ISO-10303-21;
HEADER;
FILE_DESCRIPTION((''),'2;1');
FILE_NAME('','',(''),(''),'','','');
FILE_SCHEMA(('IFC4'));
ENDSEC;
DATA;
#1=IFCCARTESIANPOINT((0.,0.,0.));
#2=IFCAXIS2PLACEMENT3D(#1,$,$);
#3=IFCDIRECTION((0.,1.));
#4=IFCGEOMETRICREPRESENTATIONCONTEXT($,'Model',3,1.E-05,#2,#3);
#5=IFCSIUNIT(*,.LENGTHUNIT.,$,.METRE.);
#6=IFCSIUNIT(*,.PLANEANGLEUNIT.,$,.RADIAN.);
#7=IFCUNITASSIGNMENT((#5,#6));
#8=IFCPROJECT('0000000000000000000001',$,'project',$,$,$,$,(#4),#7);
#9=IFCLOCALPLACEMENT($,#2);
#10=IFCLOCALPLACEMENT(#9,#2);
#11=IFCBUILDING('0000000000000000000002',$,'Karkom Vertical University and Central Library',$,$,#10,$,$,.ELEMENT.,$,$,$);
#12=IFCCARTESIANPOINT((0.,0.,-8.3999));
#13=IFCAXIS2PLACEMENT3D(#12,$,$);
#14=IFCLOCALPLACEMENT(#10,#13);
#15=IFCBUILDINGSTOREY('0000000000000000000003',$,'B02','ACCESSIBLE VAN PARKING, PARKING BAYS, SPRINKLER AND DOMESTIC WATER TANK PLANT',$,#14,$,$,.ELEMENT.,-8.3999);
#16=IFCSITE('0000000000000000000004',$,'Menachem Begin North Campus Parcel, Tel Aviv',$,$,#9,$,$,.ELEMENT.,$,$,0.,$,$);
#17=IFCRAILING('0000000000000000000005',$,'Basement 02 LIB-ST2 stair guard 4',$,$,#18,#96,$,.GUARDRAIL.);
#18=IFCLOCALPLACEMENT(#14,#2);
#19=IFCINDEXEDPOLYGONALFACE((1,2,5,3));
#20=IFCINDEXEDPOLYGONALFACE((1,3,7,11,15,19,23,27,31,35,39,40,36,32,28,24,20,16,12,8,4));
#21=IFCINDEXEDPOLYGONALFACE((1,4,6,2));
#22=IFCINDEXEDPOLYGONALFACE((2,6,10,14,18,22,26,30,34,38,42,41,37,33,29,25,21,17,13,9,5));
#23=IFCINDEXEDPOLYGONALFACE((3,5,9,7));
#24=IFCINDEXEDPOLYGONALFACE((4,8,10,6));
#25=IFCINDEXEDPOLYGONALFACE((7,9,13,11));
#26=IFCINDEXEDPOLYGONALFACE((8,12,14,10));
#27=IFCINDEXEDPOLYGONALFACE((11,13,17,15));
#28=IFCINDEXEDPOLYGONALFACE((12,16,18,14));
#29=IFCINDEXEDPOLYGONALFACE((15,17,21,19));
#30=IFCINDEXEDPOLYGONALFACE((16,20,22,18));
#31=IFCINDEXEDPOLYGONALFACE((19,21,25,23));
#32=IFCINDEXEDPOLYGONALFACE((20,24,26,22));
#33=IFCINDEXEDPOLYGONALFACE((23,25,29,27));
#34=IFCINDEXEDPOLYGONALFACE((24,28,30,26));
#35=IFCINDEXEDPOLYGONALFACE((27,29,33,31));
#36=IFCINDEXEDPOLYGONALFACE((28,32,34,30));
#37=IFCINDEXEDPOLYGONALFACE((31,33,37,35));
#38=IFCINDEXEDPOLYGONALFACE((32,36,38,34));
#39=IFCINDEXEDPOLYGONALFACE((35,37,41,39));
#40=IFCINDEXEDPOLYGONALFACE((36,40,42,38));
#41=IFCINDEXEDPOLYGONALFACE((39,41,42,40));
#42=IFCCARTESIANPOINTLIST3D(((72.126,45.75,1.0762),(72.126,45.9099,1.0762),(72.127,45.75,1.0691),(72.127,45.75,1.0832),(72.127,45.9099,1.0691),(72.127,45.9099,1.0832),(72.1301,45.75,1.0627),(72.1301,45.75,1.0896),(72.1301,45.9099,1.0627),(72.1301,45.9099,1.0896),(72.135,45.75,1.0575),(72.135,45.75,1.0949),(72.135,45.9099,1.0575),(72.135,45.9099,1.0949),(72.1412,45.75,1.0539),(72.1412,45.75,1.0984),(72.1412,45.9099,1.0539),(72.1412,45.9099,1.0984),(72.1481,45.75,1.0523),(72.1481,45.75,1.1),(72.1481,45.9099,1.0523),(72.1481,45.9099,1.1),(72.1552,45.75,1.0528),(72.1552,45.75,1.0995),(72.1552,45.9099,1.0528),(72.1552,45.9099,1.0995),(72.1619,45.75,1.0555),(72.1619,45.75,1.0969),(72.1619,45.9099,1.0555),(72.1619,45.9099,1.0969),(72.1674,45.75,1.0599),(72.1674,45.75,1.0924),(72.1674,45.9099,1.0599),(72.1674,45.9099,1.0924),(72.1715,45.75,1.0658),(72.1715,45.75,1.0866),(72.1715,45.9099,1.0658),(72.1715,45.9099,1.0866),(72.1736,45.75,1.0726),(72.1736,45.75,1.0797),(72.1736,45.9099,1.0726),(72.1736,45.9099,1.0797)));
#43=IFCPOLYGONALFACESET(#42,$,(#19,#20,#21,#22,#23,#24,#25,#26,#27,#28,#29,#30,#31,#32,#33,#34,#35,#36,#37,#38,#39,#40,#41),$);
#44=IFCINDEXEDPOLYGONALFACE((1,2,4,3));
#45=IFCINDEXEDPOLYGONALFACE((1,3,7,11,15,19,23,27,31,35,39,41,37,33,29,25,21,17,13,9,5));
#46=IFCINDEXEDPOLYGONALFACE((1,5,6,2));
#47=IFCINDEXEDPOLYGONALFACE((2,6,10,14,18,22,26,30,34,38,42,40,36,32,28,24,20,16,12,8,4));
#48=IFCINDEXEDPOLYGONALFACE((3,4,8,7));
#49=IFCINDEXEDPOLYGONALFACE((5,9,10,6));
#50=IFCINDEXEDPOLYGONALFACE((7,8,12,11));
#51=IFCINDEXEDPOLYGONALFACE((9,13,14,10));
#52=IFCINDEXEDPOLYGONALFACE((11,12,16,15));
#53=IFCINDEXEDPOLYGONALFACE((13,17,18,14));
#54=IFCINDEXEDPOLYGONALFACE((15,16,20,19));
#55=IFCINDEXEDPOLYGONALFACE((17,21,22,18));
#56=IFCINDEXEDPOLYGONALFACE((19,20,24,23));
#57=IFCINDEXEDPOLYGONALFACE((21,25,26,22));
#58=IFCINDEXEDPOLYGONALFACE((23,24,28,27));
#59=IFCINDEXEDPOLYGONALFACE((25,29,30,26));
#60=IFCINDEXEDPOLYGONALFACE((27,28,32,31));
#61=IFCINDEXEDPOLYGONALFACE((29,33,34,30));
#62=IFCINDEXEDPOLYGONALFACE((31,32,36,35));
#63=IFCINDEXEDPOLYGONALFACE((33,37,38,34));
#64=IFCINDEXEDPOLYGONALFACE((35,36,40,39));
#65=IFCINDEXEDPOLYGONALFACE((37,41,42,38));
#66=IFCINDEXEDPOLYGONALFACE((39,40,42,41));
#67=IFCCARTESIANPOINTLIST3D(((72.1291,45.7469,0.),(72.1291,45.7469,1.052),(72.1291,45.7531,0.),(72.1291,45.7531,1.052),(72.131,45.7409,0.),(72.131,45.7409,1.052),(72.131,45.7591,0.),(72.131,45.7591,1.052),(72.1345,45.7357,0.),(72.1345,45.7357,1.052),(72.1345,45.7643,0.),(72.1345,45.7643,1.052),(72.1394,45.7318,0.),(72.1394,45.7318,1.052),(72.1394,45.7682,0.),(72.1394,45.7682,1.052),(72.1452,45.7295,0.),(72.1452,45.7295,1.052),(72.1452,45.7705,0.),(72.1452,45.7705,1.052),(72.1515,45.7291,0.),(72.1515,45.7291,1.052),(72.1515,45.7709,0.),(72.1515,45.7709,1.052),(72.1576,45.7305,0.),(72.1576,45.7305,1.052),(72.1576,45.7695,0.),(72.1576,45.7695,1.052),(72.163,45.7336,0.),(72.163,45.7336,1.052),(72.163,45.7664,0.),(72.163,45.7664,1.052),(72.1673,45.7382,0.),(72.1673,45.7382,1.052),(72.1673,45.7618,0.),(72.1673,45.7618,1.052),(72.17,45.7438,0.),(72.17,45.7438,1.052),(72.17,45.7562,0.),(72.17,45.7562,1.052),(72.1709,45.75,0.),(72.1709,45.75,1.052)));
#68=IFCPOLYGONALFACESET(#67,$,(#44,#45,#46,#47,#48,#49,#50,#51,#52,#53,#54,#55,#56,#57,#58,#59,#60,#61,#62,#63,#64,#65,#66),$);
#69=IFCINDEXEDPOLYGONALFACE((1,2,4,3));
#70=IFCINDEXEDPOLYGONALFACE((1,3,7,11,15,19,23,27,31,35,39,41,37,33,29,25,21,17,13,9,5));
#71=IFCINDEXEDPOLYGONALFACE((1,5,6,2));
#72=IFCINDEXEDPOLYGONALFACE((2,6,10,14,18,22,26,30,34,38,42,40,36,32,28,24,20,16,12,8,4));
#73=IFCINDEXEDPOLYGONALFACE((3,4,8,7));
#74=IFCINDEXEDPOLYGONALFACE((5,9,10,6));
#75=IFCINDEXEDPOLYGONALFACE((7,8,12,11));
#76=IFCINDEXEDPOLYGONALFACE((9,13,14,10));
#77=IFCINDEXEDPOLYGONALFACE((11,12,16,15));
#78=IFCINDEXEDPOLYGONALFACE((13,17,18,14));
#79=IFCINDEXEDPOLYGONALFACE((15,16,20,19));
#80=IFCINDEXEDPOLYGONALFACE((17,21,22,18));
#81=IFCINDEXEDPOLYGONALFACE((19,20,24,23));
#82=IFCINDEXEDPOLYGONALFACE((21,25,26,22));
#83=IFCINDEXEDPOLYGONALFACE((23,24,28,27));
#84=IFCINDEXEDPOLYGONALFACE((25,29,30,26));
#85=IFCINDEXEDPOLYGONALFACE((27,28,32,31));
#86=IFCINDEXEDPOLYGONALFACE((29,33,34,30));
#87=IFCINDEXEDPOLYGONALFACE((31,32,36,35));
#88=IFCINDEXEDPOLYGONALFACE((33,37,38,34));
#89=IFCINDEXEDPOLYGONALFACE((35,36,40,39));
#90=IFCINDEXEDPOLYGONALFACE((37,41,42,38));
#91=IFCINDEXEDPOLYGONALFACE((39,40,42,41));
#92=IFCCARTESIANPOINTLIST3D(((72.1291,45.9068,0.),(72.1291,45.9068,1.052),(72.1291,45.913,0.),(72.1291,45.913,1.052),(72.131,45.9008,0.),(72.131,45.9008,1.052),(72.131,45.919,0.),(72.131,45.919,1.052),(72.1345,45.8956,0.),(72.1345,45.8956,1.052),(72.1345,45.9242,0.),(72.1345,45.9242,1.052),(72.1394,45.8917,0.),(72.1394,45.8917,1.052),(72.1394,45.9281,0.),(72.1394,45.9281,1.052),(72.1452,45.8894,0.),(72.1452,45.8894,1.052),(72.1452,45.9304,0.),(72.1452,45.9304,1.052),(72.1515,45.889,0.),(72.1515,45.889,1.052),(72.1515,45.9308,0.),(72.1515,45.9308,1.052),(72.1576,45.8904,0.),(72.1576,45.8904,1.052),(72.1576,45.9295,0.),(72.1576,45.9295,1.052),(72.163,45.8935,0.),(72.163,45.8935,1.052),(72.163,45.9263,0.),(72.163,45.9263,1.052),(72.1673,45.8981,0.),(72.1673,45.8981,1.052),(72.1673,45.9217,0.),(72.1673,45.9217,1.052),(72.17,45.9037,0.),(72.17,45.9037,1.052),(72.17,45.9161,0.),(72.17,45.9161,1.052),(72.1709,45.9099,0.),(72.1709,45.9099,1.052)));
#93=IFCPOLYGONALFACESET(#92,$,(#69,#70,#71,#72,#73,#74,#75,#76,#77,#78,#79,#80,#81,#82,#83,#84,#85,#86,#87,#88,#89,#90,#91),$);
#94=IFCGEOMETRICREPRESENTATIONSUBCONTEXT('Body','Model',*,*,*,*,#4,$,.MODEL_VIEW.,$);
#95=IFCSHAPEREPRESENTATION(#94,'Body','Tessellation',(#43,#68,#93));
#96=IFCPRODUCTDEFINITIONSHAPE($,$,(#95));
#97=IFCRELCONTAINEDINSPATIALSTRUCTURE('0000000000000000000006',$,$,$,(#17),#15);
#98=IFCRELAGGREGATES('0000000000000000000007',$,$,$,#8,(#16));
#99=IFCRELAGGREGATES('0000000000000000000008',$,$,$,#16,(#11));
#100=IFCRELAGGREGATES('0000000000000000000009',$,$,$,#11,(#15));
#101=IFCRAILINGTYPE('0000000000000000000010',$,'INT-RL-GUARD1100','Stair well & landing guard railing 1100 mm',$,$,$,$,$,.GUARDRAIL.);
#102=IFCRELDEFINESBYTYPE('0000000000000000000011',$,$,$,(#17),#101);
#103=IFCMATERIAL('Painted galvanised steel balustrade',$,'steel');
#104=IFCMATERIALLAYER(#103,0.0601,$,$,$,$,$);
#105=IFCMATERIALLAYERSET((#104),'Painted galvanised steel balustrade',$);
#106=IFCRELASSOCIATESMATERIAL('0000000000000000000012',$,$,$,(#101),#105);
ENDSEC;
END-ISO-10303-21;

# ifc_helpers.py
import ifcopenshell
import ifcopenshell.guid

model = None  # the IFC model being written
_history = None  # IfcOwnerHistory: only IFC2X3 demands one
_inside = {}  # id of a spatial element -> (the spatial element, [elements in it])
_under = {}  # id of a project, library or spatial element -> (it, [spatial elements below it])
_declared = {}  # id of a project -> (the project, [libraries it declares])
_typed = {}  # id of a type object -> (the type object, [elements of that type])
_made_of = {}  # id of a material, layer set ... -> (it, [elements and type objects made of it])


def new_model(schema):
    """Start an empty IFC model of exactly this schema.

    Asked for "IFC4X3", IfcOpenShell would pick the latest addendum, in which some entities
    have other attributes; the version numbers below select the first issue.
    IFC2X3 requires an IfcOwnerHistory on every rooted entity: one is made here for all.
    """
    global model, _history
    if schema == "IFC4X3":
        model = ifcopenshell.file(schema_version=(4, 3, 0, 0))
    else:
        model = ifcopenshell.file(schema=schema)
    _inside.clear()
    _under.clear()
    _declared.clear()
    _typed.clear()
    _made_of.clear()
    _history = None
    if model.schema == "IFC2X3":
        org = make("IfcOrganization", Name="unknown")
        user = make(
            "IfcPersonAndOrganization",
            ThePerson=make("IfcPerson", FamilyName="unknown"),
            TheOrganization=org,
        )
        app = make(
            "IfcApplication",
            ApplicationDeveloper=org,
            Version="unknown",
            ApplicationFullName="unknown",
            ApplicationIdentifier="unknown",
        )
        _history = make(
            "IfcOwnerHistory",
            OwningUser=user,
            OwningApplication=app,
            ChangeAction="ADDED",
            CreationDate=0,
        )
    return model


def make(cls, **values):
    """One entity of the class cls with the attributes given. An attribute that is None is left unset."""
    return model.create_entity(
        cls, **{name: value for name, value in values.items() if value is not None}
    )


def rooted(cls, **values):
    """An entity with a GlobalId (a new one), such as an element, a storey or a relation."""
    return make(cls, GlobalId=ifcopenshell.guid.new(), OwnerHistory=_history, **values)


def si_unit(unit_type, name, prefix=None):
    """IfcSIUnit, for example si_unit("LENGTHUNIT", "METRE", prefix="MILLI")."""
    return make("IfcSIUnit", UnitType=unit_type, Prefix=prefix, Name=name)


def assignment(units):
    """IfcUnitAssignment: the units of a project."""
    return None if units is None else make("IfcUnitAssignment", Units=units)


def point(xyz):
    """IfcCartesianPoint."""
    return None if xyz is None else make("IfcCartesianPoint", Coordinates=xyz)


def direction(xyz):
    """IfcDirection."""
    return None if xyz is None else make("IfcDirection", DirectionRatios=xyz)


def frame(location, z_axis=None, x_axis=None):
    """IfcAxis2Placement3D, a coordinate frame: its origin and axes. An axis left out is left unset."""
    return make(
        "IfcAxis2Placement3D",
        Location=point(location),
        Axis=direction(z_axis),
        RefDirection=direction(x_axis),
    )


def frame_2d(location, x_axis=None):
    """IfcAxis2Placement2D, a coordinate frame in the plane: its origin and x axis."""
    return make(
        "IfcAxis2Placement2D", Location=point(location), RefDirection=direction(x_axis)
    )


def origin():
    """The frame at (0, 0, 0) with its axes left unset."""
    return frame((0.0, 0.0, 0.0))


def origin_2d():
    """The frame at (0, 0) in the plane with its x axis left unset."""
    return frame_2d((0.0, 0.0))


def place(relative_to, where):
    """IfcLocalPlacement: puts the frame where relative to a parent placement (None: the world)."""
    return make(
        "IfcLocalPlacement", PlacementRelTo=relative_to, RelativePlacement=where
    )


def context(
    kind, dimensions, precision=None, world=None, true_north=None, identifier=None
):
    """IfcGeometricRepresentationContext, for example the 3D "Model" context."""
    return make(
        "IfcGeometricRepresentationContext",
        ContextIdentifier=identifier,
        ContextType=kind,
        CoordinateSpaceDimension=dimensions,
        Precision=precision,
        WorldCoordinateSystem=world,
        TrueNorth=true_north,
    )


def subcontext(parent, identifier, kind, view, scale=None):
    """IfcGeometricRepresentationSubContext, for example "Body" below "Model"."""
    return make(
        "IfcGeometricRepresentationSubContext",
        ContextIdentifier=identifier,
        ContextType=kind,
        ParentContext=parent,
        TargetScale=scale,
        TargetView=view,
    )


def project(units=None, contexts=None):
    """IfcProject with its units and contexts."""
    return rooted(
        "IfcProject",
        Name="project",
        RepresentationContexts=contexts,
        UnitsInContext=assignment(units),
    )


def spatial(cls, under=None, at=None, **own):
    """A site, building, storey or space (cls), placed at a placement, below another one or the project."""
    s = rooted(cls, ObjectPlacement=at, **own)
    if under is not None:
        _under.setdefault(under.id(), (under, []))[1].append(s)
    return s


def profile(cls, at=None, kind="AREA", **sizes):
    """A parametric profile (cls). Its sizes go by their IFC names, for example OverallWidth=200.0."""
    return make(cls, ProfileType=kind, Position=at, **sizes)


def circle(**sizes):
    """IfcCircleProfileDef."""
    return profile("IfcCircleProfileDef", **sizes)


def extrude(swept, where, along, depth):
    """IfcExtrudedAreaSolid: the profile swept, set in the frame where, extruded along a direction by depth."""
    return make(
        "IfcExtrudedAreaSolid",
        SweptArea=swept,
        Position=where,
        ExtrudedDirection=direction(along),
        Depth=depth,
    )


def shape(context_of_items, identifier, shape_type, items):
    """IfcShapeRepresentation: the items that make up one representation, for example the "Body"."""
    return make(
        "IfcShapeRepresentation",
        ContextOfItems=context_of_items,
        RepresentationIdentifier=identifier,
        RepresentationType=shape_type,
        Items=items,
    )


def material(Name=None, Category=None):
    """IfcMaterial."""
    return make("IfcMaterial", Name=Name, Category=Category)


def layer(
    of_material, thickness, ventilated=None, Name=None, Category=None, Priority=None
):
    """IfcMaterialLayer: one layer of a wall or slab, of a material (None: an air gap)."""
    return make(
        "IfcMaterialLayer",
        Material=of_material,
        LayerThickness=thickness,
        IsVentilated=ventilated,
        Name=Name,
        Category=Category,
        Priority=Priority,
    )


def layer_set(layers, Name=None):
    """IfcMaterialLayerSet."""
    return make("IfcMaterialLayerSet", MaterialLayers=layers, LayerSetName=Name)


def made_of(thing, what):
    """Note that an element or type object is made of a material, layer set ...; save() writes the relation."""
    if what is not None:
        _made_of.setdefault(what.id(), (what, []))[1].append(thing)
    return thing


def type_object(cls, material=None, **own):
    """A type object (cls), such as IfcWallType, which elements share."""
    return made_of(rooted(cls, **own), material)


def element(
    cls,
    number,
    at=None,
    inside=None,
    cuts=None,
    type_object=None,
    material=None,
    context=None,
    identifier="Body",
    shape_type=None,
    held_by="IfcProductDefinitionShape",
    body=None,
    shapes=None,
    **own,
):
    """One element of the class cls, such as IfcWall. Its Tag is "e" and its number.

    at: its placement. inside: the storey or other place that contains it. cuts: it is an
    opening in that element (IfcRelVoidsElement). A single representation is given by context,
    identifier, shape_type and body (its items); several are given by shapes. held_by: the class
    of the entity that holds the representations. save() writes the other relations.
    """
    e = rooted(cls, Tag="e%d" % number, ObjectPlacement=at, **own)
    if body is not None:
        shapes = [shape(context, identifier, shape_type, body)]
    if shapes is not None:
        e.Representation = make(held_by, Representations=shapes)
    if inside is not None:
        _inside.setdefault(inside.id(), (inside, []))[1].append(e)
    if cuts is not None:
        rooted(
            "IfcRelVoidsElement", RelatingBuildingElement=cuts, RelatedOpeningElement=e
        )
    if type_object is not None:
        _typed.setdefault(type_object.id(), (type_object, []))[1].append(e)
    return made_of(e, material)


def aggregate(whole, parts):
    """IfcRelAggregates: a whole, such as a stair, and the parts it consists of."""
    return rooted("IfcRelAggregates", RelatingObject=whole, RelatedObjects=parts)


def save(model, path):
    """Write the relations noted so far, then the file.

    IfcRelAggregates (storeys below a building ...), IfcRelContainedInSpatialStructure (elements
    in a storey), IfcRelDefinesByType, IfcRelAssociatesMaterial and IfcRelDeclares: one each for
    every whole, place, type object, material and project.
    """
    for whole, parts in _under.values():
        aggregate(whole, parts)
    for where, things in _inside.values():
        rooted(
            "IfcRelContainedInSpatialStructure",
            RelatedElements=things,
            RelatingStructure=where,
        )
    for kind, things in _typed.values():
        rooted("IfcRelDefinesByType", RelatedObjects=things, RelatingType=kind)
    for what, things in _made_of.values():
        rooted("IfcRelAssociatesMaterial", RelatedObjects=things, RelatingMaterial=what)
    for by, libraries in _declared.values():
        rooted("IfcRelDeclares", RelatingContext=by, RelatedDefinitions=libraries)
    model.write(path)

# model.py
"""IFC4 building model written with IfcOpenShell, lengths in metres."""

from ifc_helpers import new_model, si_unit, direction, frame, origin, origin_2d, place, context, subcontext, project, spatial, circle, extrude, material, layer, layer_set, type_object, element, save


model = new_model("IFC4")

# Units and contexts
model_context = context("Model", 3, precision=1e-05, world=origin(), true_north=direction((0.0, 1.0)))
body_context = subcontext(model_context, "Body", "Model", "MODEL_VIEW")
ifc_project = project(units=[si_unit("LENGTHUNIT", "METRE"), si_unit("PLANEANGLEUNIT", "RADIAN")], contexts=[model_context])

# Site, building, storey
site_placement = place(None, origin())
site = spatial("IfcSite", under=ifc_project, at=site_placement, Name="Menachem Begin North Campus Parcel, Tel Aviv", CompositionType="ELEMENT", RefElevation=0.0)
building_placement = place(site_placement, origin())
building = spatial("IfcBuilding", under=site, at=building_placement, Name="Karkom Vertical University and Central Library", CompositionType="ELEMENT")
storey_placement = place(building_placement, frame((0.0, 0.0, -8.3999)))
storey = spatial("IfcBuildingStorey", under=building, at=storey_placement, Name="B02", Description="ACCESSIBLE VAN PARKING, PARKING BAYS, SPRINKLER AND DOMESTIC WATER TANK PLANT", CompositionType="ELEMENT", Elevation=-8.3999)

# Railing
ifc_material_1 = material(Name="Painted galvanised steel balustrade", Category="steel")
ifc_layer_1 = layer(ifc_material_1, 0.0601)
ifc_layer_set_1 = layer_set([ifc_layer_1], Name="Painted galvanised steel balustrade")
railing_type_1 = type_object("IfcRailingType", Name="INT-RL-GUARD1100", Description="Stair well & landing guard railing 1100 mm", PredefinedType="GUARDRAIL", material=ifc_layer_set_1)
railing_1_placement = place(storey_placement, frame((72.1499, 45.75, 0.0)))
element("IfcRailing", 1, at=railing_1_placement, inside=storey, type_object=railing_type_1, Name="Basement 02 LIB-ST2 stair guard 4", PredefinedType="GUARDRAIL", context=body_context, shape_type="SweptSolid", body=[
    extrude(circle(Radius=0.0239, at=origin_2d()), frame((0.0, 0.0, 1.0762), z_axis=(0.0, 1.0, 0.0), x_axis=(-1.0, 0.0, 0.0)), (0.0, 0.0, 1.0), 0.1599),
    extrude(circle(Radius=0.021, at=origin_2d()), origin(), (0.0, 0.0, 1.0), 1.052),
    extrude(circle(Radius=0.021, at=origin_2d()), frame((0.0, 0.1599, 0.0)), (0.0, 0.0, 1.0), 1.052),
])

save(model, "model.ifc")
